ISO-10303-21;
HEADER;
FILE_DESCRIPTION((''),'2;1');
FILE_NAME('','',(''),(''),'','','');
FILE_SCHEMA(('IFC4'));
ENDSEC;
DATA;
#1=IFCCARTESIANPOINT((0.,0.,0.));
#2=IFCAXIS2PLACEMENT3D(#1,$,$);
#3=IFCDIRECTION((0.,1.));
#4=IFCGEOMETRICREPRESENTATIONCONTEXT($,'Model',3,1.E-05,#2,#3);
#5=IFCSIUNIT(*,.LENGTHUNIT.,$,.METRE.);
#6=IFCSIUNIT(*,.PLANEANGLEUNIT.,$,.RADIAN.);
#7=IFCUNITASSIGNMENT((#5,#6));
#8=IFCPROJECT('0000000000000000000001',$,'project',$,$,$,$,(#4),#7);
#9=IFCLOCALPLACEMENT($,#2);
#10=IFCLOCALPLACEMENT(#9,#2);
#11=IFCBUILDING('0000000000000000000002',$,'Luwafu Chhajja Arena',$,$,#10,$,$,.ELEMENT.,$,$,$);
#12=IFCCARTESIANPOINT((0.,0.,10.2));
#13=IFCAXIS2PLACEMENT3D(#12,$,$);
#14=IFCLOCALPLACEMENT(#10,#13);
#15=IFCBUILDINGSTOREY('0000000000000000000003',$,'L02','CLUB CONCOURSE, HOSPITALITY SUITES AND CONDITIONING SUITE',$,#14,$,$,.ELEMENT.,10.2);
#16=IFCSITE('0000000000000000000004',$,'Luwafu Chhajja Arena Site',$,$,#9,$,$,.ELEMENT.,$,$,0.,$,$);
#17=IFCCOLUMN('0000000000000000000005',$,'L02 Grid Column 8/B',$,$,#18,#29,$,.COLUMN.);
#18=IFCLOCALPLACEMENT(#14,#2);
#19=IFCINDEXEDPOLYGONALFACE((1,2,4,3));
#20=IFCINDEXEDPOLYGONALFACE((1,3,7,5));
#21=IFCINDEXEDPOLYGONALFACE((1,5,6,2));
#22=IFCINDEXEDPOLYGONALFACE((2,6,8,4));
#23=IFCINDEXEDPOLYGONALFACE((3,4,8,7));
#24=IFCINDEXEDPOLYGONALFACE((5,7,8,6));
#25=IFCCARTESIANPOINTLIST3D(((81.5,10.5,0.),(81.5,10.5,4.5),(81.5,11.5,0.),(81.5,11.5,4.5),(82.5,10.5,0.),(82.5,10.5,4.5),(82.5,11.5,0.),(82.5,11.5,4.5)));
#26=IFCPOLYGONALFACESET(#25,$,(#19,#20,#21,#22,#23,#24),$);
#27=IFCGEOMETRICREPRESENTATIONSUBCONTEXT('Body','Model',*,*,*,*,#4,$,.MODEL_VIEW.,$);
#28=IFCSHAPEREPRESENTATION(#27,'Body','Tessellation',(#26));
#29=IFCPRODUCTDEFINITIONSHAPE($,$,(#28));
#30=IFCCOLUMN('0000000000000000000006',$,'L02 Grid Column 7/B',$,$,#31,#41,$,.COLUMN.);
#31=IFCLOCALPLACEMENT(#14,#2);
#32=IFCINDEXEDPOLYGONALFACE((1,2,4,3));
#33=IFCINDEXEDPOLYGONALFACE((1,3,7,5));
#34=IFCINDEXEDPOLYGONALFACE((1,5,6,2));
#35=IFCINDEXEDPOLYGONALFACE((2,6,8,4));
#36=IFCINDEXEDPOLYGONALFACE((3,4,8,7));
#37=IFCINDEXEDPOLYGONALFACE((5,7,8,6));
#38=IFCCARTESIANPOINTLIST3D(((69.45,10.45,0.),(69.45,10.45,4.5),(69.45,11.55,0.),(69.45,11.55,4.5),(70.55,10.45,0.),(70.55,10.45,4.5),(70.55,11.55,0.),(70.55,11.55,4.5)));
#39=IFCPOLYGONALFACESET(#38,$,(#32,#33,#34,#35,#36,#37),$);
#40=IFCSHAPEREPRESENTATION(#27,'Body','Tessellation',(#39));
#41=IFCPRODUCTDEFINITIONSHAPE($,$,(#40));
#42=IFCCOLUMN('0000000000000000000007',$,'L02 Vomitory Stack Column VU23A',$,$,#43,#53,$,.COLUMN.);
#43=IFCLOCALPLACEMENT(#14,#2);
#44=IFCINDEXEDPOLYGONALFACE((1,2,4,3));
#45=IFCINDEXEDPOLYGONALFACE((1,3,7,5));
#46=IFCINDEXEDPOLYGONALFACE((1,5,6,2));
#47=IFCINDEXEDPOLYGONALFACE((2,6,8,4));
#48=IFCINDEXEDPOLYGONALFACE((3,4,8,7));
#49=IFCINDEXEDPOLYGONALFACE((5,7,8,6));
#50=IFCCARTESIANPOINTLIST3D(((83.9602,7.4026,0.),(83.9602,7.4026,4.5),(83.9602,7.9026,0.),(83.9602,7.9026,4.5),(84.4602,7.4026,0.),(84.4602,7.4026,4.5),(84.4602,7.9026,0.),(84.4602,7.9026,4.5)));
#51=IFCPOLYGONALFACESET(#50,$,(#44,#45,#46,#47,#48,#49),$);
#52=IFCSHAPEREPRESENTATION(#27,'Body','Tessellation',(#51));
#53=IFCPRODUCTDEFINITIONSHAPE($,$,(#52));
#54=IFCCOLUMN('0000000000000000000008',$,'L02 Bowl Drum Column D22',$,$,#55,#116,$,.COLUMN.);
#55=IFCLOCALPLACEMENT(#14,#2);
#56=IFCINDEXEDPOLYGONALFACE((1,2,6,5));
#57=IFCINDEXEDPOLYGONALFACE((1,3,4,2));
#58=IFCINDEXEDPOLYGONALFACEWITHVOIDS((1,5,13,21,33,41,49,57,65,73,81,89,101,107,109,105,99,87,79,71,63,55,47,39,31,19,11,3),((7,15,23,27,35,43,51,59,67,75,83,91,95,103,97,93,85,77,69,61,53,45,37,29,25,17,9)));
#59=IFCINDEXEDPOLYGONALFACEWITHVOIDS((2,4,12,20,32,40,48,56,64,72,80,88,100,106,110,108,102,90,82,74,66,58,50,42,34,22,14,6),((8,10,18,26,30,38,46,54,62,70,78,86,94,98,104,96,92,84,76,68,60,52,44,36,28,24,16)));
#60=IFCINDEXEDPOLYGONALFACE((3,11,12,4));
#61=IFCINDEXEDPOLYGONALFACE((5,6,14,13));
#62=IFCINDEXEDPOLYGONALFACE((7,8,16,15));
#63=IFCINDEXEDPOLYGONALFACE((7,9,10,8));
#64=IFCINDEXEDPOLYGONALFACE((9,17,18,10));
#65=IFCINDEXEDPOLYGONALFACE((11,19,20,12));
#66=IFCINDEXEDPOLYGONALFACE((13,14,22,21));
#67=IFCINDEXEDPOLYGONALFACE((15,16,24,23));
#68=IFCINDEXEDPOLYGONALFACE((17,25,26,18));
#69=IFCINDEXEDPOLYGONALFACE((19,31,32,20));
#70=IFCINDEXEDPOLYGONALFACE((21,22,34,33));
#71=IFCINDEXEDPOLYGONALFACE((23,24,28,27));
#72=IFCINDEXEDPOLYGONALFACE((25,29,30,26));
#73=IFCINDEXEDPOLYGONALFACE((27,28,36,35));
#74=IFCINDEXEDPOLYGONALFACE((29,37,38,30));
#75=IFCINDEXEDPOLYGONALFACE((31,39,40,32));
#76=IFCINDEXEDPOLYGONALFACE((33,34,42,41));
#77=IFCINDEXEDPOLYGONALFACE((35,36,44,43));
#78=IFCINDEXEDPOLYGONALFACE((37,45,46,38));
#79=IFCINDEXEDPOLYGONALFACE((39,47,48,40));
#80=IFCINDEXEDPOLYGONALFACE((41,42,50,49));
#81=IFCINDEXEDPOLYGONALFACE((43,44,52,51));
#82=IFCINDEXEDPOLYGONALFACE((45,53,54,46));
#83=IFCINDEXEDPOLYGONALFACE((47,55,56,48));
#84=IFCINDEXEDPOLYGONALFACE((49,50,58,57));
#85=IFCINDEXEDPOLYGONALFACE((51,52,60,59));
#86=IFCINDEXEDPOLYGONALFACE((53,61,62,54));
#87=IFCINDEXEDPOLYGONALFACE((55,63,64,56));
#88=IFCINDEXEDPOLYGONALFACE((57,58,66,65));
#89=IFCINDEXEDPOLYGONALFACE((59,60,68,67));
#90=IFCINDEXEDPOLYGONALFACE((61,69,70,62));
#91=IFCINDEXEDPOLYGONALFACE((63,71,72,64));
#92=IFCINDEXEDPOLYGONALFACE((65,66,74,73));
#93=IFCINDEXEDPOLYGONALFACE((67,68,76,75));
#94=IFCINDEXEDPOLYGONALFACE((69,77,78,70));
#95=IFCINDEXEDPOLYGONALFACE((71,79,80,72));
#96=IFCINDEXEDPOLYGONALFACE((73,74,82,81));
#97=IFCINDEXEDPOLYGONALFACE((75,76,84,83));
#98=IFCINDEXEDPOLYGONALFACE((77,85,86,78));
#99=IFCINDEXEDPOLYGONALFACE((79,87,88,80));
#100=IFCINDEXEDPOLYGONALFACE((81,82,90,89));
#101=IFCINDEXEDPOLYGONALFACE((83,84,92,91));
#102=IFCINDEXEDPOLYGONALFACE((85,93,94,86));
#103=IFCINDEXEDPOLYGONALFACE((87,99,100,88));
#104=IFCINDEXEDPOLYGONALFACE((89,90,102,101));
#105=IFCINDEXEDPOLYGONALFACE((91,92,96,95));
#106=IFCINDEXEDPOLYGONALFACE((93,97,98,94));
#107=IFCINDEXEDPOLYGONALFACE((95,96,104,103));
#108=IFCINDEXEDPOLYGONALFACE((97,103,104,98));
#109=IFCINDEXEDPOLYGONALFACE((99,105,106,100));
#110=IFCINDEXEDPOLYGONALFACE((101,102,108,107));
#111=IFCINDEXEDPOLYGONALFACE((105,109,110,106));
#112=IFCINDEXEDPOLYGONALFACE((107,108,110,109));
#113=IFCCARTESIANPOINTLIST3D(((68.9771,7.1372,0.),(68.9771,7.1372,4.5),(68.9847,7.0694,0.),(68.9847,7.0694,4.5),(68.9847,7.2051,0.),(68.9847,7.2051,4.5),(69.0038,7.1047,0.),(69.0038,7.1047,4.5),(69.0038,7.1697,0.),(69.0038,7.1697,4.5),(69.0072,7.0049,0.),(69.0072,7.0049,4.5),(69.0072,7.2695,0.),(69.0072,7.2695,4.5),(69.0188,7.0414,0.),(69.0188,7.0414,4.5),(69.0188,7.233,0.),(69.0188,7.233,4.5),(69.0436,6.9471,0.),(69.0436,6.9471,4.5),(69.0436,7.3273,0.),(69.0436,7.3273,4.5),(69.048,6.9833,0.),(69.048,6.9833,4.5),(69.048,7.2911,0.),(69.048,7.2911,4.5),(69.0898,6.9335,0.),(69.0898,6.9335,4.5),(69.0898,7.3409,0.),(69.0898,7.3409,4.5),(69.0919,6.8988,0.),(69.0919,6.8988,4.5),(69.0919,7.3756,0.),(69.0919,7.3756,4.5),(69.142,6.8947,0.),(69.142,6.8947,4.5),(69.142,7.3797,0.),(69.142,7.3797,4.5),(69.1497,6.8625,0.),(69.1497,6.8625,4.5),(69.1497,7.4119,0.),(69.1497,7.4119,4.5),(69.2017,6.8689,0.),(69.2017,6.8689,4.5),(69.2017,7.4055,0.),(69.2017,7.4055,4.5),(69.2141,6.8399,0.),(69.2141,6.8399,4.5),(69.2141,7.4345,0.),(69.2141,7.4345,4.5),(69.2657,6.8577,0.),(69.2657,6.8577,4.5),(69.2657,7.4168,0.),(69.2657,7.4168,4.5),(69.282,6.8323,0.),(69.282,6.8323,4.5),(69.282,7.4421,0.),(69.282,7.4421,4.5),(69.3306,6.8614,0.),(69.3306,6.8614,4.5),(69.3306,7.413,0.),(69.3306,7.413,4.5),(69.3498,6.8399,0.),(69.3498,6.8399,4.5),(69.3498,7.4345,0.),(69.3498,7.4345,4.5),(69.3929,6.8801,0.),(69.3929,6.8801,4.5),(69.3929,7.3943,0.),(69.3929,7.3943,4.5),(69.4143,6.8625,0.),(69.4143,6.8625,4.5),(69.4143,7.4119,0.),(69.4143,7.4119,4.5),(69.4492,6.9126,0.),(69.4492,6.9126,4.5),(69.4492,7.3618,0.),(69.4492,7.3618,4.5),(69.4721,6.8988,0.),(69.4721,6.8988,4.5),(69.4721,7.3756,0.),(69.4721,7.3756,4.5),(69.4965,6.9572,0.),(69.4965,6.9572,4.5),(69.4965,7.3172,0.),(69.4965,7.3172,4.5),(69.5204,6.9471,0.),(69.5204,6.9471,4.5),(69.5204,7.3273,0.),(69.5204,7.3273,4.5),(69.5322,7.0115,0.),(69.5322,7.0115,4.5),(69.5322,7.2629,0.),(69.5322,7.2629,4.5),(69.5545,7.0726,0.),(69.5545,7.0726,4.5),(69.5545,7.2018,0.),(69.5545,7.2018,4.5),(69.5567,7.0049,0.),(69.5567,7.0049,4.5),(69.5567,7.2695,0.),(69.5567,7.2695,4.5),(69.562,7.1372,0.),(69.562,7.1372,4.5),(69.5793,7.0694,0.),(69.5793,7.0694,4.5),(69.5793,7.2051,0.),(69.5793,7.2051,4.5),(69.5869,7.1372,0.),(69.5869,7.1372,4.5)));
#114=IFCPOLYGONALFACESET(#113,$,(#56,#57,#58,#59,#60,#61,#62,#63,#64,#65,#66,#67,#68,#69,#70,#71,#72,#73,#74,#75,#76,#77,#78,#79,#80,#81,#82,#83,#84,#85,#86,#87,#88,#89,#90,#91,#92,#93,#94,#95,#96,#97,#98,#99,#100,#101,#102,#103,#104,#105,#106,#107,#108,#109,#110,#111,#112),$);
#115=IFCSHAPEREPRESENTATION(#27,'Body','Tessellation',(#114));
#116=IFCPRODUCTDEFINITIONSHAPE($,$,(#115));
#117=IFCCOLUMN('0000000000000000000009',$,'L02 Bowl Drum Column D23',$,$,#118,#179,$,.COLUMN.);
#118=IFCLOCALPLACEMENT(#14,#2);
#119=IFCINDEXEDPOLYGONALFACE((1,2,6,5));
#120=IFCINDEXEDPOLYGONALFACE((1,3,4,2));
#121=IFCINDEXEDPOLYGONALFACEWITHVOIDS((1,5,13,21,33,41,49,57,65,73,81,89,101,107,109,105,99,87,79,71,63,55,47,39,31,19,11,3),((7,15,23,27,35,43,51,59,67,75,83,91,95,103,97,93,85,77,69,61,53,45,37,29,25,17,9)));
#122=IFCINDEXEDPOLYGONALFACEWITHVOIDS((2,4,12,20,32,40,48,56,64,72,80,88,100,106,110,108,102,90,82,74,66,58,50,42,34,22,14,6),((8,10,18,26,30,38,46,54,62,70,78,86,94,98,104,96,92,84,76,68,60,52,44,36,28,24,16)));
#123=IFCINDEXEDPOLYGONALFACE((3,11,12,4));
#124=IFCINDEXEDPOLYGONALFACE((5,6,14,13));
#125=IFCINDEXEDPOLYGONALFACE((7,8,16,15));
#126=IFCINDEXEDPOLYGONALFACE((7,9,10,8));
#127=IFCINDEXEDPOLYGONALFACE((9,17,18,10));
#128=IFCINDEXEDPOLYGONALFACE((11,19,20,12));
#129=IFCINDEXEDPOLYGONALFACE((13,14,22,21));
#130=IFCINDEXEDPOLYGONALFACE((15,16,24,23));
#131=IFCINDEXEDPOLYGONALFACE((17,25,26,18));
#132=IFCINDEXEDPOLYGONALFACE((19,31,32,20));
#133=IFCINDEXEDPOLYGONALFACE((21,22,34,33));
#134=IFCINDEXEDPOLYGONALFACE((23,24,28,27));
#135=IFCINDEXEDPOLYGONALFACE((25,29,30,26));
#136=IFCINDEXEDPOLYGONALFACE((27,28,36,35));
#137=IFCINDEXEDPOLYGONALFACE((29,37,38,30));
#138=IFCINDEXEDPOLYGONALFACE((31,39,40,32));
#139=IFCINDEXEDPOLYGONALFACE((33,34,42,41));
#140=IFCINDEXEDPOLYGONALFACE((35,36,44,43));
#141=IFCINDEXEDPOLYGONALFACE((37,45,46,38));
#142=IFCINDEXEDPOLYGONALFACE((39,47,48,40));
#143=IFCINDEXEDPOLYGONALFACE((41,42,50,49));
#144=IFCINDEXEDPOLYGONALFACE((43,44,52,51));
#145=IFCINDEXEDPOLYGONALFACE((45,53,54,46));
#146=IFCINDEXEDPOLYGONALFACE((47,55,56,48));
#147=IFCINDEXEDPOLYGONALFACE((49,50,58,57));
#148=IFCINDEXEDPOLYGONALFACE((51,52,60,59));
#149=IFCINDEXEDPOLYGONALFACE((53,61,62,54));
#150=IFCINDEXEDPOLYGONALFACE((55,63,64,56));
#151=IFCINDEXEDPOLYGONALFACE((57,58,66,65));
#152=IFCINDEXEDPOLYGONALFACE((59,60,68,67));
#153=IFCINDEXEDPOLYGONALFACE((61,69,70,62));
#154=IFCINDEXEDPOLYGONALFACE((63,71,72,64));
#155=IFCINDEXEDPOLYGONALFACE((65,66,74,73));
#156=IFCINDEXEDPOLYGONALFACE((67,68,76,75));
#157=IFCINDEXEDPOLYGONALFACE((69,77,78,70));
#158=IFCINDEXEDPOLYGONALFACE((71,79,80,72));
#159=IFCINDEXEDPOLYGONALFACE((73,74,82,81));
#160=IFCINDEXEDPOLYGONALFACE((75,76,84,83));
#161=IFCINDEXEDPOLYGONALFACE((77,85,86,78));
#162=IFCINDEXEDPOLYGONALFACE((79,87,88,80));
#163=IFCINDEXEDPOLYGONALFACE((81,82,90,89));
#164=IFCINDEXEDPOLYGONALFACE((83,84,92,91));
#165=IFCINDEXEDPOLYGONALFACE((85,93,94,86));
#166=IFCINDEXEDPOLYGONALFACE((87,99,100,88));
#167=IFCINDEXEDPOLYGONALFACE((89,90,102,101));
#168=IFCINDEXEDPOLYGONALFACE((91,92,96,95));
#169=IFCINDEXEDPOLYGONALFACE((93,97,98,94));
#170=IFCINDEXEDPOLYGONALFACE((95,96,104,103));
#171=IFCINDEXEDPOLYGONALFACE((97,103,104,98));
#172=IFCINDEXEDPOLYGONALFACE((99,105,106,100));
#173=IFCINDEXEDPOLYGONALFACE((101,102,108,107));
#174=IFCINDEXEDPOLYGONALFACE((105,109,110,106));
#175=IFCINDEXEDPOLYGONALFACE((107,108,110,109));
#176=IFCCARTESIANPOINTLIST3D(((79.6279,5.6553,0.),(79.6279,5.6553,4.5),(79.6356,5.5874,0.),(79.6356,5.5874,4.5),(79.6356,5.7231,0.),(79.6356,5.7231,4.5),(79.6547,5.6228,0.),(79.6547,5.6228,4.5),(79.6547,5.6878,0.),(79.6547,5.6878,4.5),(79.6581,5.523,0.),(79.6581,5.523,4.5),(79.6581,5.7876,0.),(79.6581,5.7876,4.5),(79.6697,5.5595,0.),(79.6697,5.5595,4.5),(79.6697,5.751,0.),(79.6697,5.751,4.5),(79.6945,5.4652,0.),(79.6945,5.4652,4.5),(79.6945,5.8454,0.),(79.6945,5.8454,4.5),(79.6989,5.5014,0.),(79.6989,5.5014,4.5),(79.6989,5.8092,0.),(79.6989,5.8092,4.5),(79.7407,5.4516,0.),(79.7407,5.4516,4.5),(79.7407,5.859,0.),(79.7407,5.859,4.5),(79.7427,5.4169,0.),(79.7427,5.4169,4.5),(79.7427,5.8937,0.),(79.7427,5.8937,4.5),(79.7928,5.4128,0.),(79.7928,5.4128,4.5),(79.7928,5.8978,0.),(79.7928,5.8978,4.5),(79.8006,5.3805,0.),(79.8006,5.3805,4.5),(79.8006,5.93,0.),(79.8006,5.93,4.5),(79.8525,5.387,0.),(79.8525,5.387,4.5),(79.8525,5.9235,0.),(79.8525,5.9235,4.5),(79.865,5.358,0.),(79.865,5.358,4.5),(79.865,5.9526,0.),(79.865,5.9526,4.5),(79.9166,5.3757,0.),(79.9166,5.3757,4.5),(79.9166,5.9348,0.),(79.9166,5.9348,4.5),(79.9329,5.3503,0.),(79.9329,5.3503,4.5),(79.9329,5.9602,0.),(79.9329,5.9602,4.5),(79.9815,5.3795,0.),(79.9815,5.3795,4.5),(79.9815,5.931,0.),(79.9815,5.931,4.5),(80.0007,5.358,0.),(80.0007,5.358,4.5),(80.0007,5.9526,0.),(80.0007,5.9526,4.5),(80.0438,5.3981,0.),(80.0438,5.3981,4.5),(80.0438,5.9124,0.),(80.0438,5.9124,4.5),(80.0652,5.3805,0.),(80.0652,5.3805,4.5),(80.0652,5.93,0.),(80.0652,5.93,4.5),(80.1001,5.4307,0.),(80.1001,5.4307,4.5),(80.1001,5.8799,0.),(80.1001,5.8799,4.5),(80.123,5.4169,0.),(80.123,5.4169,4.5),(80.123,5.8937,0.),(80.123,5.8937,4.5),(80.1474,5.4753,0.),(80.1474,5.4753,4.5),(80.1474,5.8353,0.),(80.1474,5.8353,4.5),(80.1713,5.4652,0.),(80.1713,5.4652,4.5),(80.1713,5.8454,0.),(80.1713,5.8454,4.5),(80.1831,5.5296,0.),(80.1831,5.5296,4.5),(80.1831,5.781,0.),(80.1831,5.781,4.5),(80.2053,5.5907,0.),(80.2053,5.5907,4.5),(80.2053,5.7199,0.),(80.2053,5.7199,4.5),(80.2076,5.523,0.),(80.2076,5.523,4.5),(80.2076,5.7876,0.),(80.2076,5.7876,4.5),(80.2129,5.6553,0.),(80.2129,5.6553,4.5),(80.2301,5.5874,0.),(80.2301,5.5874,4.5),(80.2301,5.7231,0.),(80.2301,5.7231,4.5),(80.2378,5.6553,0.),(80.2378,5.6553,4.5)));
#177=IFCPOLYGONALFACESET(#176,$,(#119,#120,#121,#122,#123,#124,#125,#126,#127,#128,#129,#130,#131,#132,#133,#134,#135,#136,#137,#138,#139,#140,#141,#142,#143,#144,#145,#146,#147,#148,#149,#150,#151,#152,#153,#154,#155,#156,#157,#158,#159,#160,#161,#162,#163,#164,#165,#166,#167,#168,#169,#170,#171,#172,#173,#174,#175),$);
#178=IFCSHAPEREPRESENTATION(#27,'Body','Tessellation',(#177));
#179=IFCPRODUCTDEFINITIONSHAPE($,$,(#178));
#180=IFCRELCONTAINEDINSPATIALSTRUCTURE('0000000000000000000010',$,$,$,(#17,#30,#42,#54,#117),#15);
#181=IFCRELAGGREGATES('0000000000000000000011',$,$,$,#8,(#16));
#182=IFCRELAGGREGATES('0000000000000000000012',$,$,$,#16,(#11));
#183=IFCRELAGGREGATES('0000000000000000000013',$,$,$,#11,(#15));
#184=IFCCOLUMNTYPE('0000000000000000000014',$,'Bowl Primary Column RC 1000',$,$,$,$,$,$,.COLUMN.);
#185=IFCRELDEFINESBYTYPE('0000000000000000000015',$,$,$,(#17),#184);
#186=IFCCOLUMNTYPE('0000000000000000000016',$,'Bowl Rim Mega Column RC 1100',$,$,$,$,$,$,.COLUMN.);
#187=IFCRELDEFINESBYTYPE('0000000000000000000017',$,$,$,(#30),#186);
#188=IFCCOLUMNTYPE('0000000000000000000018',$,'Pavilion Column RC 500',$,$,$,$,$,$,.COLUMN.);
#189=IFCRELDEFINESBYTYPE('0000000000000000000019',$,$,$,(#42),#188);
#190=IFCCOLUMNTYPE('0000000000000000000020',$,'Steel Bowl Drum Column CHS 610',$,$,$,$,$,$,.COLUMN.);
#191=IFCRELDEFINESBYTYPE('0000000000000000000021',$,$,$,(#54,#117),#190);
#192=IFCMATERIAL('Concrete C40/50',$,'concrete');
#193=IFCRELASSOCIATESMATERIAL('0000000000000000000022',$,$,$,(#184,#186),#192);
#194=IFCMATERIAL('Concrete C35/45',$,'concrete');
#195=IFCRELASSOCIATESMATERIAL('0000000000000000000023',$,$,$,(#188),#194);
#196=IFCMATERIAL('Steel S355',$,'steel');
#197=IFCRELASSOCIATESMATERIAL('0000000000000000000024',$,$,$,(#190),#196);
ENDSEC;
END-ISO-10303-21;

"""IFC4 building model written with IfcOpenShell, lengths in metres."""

from ifc_helpers import new_model, si_unit, direction, frame, origin, origin_2d, place, context, subcontext, project, spatial, rectangle, hollow_circle, extrude, material, material_profile, profile_set, type_object, element, save


model = new_model("IFC4")

# Units and contexts
model_context = context("Model", 3, precision=1e-05, world=origin(), true_north=direction((0.0, 1.0)))
body_context = subcontext(model_context, "Body", "Model", "MODEL_VIEW")
ifc_project = project(units=[si_unit("LENGTHUNIT", "METRE"), si_unit("PLANEANGLEUNIT", "RADIAN")], contexts=[model_context])

# Site, building, storey
site_placement = place(None, origin())
site = spatial("IfcSite", under=ifc_project, at=site_placement, Name="Luwafu Chhajja Arena Site", CompositionType="ELEMENT", RefElevation=0.0)
building_placement = place(site_placement, origin())
building = spatial("IfcBuilding", under=site, at=building_placement, Name="Luwafu Chhajja Arena", CompositionType="ELEMENT")
storey_placement = place(building_placement, frame((0.0, 0.0, 10.2)))
storey = spatial("IfcBuildingStorey", under=building, at=storey_placement, Name="L02", Description="CLUB CONCOURSE, HOSPITALITY SUITES AND CONDITIONING SUITE", CompositionType="ELEMENT", Elevation=10.2)

# Columns
ifc_material_1 = material(Name="Concrete C40/50", Category="concrete")
ifc_material_profile_1 = material_profile(ifc_material_1, rectangle(XDim=1.0, YDim=1.0, at=origin_2d()), Name="RC 1000x1000")
ifc_profile_set_1 = profile_set([ifc_material_profile_1], Name="Concrete C40/50")
column_type_1 = type_object("IfcColumnType", Name="Bowl Primary Column RC 1000", PredefinedType="COLUMN", material=ifc_profile_set_1)
column_1_placement = place(storey_placement, frame((82.0, 11.0, 0.0), z_axis=(0.0, 0.0, 1.0), x_axis=(1.0, 0.0, 0.0)))
element("IfcColumn", 1, at=column_1_placement, inside=storey, type_object=column_type_1, Name="L02 Grid Column 8/B", PredefinedType="COLUMN", context=body_context, shape_type="SweptSolid", body=[
    extrude(rectangle(XDim=1.0, YDim=1.0, at=origin_2d()), origin(), (0.0, 0.0, 1.0), 4.5),
])
ifc_material_profile_2 = material_profile(ifc_material_1, rectangle(XDim=1.1001, YDim=1.1001, at=origin_2d()), Name="RC 1100x1100")
ifc_profile_set_2 = profile_set([ifc_material_profile_2], Name="Concrete C40/50")
column_type_2 = type_object("IfcColumnType", Name="Bowl Rim Mega Column RC 1100", PredefinedType="COLUMN", material=ifc_profile_set_2)
column_2_placement = place(storey_placement, frame((70.0, 11.0, 0.0), z_axis=(0.0, 0.0, 1.0), x_axis=(1.0, 0.0, 0.0)))
element("IfcColumn", 2, at=column_2_placement, inside=storey, type_object=column_type_2, Name="L02 Grid Column 7/B", PredefinedType="COLUMN", context=body_context, shape_type="SweptSolid", body=[
    extrude(rectangle(XDim=1.1001, YDim=1.1001, at=origin_2d()), origin(), (0.0, 0.0, 1.0), 4.5),
])
ifc_material_2 = material(Name="Concrete C35/45", Category="concrete")
ifc_material_profile_3 = material_profile(ifc_material_2, rectangle(XDim=0.5, YDim=0.5, at=origin_2d()), Name="RC 500x500")
ifc_profile_set_3 = profile_set([ifc_material_profile_3], Name="Concrete C35/45")
column_type_3 = type_object("IfcColumnType", Name="Pavilion Column RC 500", PredefinedType="COLUMN", material=ifc_profile_set_3)
column_3_placement = place(storey_placement, frame((84.2102, 7.6526, 0.0), z_axis=(0.0, 0.0, 1.0), x_axis=(1.0, 0.0, 0.0)))
element("IfcColumn", 3, at=column_3_placement, inside=storey, type_object=column_type_3, Name="L02 Vomitory Stack Column VU23A", PredefinedType="COLUMN", context=body_context, shape_type="SweptSolid", body=[
    extrude(rectangle(XDim=0.5, YDim=0.5, at=origin_2d()), origin(), (0.0, 0.0, 1.0), 4.5),
])
ifc_material_3 = material(Name="Steel S355", Category="steel")
ifc_material_profile_4 = material_profile(ifc_material_3, hollow_circle(Radius=0.3049, WallThickness=0.0249, at=origin_2d()), Name="CHS 610x25")
ifc_profile_set_4 = profile_set([ifc_material_profile_4], Name="Steel S355")
column_type_4 = type_object("IfcColumnType", Name="Steel Bowl Drum Column CHS 610", PredefinedType="COLUMN", material=ifc_profile_set_4)
for number, where, z_axis, x_axis, name in (
    (4, (69.282, 7.1372, 0.0), (0.0, 0.0, 1.0), (1.0, 0.0, 0.0), "L02 Bowl Drum Column D22"),
    (5, (79.9329, 5.6553, 0.0), (0.0, 0.0, 1.0), (1.0, 0.0, 0.0), "L02 Bowl Drum Column D23"),
):
    element("IfcColumn", number, at=place(storey_placement, frame(where, z_axis=z_axis, x_axis=x_axis)), inside=storey, type_object=column_type_4, Name=name, PredefinedType="COLUMN", context=body_context, shape_type="SweptSolid", body=[
        extrude(hollow_circle(Radius=0.3049, WallThickness=0.0249, at=origin_2d()), origin(), (0.0, 0.0, 1.0), 4.5),
    ])

save(model, "model.ifc")
